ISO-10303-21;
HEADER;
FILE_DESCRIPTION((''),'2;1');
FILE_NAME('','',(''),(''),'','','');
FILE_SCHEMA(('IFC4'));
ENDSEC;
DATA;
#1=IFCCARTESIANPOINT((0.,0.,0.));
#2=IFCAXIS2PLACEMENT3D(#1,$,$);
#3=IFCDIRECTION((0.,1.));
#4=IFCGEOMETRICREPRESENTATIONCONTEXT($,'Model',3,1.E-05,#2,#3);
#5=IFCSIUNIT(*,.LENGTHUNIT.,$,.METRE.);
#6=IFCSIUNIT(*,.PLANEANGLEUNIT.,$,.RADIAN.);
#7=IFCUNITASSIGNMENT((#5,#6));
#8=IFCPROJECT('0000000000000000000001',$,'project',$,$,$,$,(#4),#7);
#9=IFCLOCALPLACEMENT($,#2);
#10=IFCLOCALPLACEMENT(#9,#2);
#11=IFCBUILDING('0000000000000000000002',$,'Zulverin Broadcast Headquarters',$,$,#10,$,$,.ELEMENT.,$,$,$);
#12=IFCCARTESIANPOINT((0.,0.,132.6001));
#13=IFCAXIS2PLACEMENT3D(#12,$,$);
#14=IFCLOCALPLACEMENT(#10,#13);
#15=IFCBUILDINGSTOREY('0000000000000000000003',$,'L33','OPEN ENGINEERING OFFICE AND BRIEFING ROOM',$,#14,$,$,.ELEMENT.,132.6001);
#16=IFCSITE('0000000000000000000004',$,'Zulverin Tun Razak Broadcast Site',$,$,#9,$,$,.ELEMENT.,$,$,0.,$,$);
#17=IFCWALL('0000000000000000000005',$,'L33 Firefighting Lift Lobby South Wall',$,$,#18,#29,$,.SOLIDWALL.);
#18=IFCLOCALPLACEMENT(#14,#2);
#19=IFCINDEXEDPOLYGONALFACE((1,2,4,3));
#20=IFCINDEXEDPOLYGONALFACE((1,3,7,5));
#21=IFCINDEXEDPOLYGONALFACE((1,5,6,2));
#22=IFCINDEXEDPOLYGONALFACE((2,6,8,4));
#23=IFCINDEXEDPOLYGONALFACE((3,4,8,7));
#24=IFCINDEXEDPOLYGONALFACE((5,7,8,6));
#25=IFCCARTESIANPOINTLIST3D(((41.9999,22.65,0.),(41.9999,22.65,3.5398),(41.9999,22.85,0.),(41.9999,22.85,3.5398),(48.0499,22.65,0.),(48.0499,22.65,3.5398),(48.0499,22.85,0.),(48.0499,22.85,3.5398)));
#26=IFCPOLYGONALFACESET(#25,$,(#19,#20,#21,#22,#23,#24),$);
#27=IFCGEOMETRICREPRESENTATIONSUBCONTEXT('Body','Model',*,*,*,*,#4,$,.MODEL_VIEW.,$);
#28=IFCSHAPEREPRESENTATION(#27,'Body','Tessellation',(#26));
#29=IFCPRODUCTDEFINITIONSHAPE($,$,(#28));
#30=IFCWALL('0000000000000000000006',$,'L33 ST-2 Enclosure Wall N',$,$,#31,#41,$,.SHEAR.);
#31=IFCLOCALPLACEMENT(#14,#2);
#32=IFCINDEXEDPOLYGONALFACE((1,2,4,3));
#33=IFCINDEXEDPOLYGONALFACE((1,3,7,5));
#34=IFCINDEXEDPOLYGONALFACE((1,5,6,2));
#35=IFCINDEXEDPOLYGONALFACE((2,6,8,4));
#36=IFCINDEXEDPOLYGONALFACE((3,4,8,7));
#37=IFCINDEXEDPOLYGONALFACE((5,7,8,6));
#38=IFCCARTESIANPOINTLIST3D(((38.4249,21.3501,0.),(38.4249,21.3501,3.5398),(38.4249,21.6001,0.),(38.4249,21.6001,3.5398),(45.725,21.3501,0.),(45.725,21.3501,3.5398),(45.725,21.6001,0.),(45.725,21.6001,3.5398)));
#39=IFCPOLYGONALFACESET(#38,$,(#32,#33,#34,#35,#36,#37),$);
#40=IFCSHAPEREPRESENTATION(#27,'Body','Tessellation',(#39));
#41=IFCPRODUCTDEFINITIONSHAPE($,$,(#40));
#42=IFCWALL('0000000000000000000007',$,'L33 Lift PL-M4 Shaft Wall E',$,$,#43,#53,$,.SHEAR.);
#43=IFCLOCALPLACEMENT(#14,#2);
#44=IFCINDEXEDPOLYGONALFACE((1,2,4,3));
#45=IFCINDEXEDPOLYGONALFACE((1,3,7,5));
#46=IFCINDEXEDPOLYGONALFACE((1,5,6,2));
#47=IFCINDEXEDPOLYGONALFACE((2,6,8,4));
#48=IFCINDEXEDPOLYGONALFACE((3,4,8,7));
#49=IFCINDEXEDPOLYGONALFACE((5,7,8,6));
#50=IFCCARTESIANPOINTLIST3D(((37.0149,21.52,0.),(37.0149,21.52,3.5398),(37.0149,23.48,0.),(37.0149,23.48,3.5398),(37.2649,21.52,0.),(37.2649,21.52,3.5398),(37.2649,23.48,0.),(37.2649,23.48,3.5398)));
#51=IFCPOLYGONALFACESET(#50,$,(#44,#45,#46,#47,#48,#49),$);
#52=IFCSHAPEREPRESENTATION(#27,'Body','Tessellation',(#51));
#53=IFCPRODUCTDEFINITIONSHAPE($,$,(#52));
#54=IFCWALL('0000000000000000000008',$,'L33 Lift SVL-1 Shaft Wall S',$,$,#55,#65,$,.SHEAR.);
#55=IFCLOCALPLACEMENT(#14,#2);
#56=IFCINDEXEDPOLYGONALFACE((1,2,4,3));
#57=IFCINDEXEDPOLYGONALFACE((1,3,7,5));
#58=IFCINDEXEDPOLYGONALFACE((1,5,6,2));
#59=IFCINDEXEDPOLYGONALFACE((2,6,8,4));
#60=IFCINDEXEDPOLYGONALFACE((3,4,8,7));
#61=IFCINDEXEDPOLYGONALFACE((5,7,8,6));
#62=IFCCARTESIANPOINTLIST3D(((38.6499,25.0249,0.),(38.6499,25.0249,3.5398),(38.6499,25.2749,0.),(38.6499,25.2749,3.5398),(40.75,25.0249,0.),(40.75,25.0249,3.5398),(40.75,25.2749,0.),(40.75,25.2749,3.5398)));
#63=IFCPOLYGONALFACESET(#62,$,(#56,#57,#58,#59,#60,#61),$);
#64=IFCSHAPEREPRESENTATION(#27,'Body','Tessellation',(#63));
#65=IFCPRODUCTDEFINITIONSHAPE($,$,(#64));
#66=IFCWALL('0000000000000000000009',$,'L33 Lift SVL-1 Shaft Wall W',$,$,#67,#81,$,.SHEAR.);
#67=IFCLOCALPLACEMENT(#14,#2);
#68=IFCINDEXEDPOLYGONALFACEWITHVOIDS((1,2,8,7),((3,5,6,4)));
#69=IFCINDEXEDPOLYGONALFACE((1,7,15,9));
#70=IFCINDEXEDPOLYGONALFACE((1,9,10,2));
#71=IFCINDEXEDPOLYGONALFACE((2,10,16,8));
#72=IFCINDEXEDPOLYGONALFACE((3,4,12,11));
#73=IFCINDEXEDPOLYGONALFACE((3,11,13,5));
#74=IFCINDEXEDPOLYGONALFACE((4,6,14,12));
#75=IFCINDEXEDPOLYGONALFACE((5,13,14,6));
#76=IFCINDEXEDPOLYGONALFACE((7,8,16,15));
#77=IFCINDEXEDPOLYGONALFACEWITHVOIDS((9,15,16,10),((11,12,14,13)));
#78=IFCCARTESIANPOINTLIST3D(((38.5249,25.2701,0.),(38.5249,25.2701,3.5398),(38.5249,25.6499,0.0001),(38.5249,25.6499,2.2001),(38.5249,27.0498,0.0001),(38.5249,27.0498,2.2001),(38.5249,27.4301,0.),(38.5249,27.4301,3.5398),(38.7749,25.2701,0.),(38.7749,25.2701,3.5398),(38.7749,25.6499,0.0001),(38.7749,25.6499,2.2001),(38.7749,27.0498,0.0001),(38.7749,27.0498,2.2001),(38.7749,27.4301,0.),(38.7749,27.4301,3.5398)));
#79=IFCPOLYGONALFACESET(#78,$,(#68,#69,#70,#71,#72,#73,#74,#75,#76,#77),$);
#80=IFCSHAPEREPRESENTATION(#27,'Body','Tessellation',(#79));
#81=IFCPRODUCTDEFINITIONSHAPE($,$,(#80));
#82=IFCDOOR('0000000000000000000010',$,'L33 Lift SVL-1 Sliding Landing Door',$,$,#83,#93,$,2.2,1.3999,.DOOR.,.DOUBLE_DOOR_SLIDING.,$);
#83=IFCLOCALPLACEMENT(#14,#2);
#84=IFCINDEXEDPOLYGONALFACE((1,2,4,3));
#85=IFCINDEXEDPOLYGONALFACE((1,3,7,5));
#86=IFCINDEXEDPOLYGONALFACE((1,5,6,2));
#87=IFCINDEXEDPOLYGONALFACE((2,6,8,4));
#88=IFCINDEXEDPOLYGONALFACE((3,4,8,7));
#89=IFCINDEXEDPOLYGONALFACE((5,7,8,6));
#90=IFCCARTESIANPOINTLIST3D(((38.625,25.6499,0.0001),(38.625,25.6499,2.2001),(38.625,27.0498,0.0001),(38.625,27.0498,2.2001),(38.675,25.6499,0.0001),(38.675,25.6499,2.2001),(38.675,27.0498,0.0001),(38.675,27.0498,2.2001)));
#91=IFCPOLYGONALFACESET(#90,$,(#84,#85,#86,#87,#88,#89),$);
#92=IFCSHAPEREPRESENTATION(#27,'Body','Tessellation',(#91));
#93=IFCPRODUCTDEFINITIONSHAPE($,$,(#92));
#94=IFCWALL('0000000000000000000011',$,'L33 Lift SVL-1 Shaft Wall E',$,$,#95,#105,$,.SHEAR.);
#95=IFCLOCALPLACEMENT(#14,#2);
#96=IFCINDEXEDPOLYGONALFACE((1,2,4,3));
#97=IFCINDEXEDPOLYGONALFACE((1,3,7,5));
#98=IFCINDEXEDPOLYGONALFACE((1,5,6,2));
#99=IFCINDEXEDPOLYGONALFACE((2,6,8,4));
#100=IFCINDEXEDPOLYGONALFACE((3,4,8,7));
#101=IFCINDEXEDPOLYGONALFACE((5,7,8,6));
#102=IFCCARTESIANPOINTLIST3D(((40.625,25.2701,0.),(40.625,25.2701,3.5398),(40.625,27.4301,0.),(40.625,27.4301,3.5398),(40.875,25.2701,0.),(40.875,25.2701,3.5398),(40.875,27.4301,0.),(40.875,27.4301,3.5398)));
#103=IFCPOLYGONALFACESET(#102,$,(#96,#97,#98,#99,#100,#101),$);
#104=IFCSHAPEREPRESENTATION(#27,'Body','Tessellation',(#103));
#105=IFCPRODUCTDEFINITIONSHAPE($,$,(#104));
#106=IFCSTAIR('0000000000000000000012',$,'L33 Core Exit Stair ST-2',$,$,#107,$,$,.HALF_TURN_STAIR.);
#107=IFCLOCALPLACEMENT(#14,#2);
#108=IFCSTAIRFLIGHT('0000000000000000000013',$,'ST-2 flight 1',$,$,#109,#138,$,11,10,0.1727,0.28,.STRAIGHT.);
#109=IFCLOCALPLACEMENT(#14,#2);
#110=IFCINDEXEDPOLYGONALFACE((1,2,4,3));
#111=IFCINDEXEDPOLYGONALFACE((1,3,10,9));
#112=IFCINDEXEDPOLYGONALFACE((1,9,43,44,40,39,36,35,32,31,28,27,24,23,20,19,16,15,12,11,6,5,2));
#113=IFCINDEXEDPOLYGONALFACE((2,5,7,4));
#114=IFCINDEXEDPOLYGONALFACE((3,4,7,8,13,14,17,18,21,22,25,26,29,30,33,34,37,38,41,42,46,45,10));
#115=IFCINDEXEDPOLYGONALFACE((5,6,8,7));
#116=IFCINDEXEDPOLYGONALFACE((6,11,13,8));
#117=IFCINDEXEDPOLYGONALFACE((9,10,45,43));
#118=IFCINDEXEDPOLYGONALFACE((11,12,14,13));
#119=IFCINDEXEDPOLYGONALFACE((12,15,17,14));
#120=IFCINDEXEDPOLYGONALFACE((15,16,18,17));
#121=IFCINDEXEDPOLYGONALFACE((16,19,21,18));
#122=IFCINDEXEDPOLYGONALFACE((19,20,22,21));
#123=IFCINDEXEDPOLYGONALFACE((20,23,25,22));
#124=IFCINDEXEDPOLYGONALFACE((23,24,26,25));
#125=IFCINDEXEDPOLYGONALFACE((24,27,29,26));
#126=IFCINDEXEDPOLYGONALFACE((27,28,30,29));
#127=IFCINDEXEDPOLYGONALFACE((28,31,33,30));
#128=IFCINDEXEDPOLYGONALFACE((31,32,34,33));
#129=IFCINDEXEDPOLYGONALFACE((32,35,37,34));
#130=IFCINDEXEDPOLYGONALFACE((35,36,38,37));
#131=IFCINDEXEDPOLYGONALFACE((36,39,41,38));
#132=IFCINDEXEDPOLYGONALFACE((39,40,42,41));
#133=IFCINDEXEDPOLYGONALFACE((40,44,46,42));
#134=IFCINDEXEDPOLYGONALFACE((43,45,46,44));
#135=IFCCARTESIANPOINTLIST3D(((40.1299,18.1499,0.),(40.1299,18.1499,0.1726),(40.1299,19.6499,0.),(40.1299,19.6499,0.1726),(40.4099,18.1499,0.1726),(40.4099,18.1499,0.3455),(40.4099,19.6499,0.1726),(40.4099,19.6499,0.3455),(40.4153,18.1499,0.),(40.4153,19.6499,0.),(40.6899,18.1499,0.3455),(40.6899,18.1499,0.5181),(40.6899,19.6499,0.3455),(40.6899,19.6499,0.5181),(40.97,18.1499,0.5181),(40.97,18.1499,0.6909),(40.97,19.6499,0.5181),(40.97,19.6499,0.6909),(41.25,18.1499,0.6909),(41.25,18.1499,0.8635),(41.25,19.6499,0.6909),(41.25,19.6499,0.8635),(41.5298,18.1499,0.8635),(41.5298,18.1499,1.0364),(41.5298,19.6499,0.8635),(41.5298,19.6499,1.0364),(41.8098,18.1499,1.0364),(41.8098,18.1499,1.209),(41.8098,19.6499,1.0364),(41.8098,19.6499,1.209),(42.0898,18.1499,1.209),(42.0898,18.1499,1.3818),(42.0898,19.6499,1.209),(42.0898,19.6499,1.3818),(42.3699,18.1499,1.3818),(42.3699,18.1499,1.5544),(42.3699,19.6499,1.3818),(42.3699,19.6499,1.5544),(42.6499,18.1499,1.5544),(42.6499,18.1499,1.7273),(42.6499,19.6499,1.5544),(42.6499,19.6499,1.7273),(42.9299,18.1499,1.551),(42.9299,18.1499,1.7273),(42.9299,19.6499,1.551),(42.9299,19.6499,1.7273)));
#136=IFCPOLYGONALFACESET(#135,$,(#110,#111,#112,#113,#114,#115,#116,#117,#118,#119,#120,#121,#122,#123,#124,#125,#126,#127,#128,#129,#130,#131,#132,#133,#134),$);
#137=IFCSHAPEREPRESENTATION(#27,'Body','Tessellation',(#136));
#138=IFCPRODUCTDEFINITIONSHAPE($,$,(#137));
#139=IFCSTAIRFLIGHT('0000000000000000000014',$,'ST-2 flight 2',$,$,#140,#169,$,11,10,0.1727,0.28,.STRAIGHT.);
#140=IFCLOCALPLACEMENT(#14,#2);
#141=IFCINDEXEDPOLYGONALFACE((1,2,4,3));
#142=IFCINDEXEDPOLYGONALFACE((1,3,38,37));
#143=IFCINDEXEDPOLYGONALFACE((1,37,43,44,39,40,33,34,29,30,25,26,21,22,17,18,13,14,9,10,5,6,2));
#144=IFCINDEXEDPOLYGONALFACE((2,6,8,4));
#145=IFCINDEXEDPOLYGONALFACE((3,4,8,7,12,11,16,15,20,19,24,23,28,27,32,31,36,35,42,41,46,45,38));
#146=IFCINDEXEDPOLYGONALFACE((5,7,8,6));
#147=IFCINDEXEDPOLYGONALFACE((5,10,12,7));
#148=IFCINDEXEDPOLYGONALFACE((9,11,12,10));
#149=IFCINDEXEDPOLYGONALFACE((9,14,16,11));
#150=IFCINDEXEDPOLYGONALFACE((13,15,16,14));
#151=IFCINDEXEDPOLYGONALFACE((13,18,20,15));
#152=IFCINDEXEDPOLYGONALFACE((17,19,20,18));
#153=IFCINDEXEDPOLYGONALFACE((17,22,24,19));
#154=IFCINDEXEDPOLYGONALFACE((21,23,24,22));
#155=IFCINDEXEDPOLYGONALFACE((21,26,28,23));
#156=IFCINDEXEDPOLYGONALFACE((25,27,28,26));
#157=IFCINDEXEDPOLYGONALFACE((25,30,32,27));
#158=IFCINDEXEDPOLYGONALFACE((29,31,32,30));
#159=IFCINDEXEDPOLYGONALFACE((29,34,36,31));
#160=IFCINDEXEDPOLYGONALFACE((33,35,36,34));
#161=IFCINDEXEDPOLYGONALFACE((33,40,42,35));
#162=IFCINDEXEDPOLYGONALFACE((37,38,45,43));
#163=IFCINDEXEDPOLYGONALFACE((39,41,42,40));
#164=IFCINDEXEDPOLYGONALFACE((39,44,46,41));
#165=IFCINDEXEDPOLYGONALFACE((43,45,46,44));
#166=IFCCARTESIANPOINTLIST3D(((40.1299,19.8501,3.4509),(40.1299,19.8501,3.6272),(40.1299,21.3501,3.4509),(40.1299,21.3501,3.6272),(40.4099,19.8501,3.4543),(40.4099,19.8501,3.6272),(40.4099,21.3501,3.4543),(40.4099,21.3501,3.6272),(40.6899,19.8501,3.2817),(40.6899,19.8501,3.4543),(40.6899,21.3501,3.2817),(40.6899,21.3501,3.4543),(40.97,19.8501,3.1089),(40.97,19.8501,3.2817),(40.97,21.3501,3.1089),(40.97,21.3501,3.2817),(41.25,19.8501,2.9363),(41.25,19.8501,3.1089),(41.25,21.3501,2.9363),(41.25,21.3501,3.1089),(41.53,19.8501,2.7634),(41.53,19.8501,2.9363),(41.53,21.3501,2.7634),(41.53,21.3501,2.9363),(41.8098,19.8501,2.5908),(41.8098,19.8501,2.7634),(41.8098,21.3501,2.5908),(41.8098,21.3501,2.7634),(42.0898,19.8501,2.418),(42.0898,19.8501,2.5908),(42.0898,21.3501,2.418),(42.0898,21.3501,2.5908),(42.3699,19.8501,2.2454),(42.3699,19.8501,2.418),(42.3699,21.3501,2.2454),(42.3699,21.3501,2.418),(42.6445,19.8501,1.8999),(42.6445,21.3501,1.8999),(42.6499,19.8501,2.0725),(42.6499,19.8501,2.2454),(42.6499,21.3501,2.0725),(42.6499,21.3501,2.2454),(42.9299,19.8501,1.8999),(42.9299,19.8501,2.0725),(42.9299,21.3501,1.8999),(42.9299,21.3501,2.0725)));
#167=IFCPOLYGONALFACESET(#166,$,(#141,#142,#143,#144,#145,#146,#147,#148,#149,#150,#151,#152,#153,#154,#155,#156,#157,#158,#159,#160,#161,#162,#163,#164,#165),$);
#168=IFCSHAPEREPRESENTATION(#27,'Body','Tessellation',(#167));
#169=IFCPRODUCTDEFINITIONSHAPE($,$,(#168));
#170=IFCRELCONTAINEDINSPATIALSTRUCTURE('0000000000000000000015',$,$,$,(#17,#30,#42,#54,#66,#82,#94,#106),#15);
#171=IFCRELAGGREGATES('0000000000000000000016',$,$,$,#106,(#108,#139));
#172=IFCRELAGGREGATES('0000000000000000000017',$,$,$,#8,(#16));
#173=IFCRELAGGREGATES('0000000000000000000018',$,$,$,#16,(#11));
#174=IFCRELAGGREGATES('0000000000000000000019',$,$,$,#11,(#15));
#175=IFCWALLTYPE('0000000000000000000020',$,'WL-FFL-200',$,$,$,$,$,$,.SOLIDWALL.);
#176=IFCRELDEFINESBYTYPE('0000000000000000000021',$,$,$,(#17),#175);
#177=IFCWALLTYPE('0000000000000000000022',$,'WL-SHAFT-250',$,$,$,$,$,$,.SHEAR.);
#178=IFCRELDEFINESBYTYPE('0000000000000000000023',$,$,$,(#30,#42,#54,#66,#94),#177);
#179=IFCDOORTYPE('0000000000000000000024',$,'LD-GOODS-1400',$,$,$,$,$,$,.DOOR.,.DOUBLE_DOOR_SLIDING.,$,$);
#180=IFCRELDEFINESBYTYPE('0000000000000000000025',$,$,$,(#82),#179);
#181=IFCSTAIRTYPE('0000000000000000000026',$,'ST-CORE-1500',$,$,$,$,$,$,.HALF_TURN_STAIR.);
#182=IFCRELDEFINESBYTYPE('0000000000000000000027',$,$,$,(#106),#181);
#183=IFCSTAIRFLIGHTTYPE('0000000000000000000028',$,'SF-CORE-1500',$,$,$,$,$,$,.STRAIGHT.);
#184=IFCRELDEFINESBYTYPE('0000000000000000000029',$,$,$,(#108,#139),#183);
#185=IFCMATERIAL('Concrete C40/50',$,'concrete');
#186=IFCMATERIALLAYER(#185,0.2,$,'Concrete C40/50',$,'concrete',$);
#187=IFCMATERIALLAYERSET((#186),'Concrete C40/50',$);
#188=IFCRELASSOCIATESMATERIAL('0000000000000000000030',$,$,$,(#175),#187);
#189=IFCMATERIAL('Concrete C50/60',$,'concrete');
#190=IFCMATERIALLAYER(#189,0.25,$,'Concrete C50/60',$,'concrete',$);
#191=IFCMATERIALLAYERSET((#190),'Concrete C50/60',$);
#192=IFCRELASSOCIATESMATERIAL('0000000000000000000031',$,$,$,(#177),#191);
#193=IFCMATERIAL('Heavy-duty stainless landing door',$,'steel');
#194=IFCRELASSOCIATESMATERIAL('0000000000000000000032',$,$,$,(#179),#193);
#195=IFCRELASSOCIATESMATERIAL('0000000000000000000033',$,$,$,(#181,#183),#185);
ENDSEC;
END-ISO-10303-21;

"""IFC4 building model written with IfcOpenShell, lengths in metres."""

from ifc_helpers import new_model, si_unit, direction, frame, frame_2d, origin, place, context, subcontext, project, spatial, polyline, rectangle, outline, extrude, material, layer, layer_set, type_object, element, fill, aggregate, save


model = new_model("IFC4")

# Units and contexts
model_context = context("Model", 3, precision=1e-05, world=origin(), true_north=direction((0.0, 1.0)))
body_context = subcontext(model_context, "Body", "Model", "MODEL_VIEW")
ifc_project = project(units=[si_unit("LENGTHUNIT", "METRE"), si_unit("PLANEANGLEUNIT", "RADIAN")], contexts=[model_context])

# Site, building, storey
site_placement = place(None, origin())
site = spatial("IfcSite", under=ifc_project, at=site_placement, Name="Zulverin Tun Razak Broadcast Site", CompositionType="ELEMENT", RefElevation=0.0)
building_placement = place(site_placement, origin())
building = spatial("IfcBuilding", under=site, at=building_placement, Name="Zulverin Broadcast Headquarters", CompositionType="ELEMENT")
storey_placement = place(building_placement, frame((0.0, 0.0, 132.6001)))
storey = spatial("IfcBuildingStorey", under=building, at=storey_placement, Name="L33", Description="OPEN ENGINEERING OFFICE AND BRIEFING ROOM", CompositionType="ELEMENT", Elevation=132.6001)

# Shared definitions
ifc_material_1 = material(Name="Concrete C40/50", Category="concrete")
ifc_layer_1 = layer(ifc_material_1, 0.2, Name="Concrete C40/50", Category="concrete")
ifc_layer_set_1 = layer_set([ifc_layer_1], Name="Concrete C40/50")
wall_type_1 = type_object("IfcWallType", Name="WL-FFL-200", PredefinedType="SOLIDWALL", material=ifc_layer_set_1)

# Wall
wall_1_placement = place(storey_placement, frame((42.0, 22.75, 0.0), z_axis=(0.0, 0.0, 1.0), x_axis=(1.0, 0.0, 0.0)))
element("IfcWall", 1, at=wall_1_placement, inside=storey, type_object=wall_type_1, Name="L33 Firefighting Lift Lobby South Wall", PredefinedType="SOLIDWALL", context=body_context, shape_type="SweptSolid", body=[
    extrude(rectangle(XDim=6.05, YDim=0.2, at=frame_2d((3.0249, 0.0))), origin(), (0.0, 0.0, 1.0), 3.5398),
])

# Walls
ifc_material_2 = material(Name="Concrete C50/60", Category="concrete")
ifc_layer_2 = layer(ifc_material_2, 0.25, Name="Concrete C50/60", Category="concrete")
ifc_layer_set_2 = layer_set([ifc_layer_2], Name="Concrete C50/60")
wall_type_2 = type_object("IfcWallType", Name="WL-SHAFT-250", PredefinedType="SHEAR", material=ifc_layer_set_2)
wall_2_placement = place(storey_placement, frame((38.425, 21.4751, 0.0), z_axis=(0.0, 0.0, 1.0), x_axis=(1.0, 0.0, 0.0)))
element("IfcWall", 2, at=wall_2_placement, inside=storey, type_object=wall_type_2, Name="L33 ST-2 Enclosure Wall N", PredefinedType="SHEAR", context=body_context, shape_type="SweptSolid", body=[
    extrude(rectangle(XDim=7.3, YDim=0.25, at=frame_2d((3.6499, 0.0))), origin(), (0.0, 0.0, 1.0), 3.5398),
])
wall_3_placement = place(storey_placement, frame((37.1399, 21.52, 0.0), z_axis=(0.0, 0.0, 1.0), x_axis=(0.0, 1.0, 0.0)))
element("IfcWall", 3, at=wall_3_placement, inside=storey, type_object=wall_type_2, Name="L33 Lift PL-M4 Shaft Wall E", PredefinedType="SHEAR", context=body_context, shape_type="SweptSolid", body=[
    extrude(rectangle(XDim=1.96, YDim=0.25, at=frame_2d((0.98, 0.0))), origin(), (0.0, 0.0, 1.0), 3.5398),
])

# Wall
wall_4_placement = place(storey_placement, frame((38.6499, 25.1499, 0.0), z_axis=(0.0, 0.0, 1.0), x_axis=(1.0, 0.0, 0.0)))
element("IfcWall", 4, at=wall_4_placement, inside=storey, type_object=wall_type_2, Name="L33 Lift SVL-1 Shaft Wall S", PredefinedType="SHEAR", context=body_context, shape_type="SweptSolid", body=[
    extrude(rectangle(XDim=2.1001, YDim=0.25, at=frame_2d((1.05, 0.0))), origin(), (0.0, 0.0, 1.0), 3.5398),
])

# Wall, opening, door
wall_5_placement = place(storey_placement, frame((38.6499, 25.27, 0.0), z_axis=(0.0, 0.0, 1.0), x_axis=(0.0, 1.0, 0.0)))
wall_5 = element("IfcWall", 5, at=wall_5_placement, inside=storey, type_object=wall_type_2, Name="L33 Lift SVL-1 Shaft Wall W", PredefinedType="SHEAR", context=body_context, shape_type="SweptSolid", body=[
    extrude(rectangle(XDim=2.1599, YDim=0.25, at=frame_2d((1.0801, 0.0))), origin(), (0.0, 0.0, 1.0), 3.5398),
])
opening_1_placement = place(wall_5_placement, frame((0.3799, 0.0, 0.0)))
opening_1 = element("IfcOpeningElement", 6, at=opening_1_placement, cuts=wall_5, PredefinedType="OPENING", context=body_context, shape_type="SweptSolid", body=[
    extrude(rectangle(XDim=1.3999, YDim=2.2, at=frame_2d((0.7, 1.1001))), frame((0.0, 0.135, 0.0), z_axis=(0.0, -1.0, 0.0), x_axis=(1.0, 0.0, 0.0)), (0.0, 0.0, 1.0), 0.27),
])
ifc_material_3 = material(Name="Heavy-duty stainless landing door", Category="steel")
door_type_1 = type_object("IfcDoorType", Name="LD-GOODS-1400", OperationType="DOUBLE_DOOR_SLIDING", PredefinedType="DOOR", material=ifc_material_3)
door_1_placement = place(opening_1_placement, origin())
door_1 = element("IfcDoor", 7, at=door_1_placement, inside=storey, type_object=door_type_1, Name="L33 Lift SVL-1 Sliding Landing Door", OperationType="DOUBLE_DOOR_SLIDING", OverallHeight=2.2, OverallWidth=1.3999, PredefinedType="DOOR", context=body_context, shape_type="SweptSolid", body=[
    extrude(rectangle(XDim=1.3999, YDim=2.2, at=frame_2d((0.7, 1.1001))), frame((0.0, 0.0249, 0.0), z_axis=(0.0, -1.0, 0.0), x_axis=(1.0, 0.0, 0.0)), (0.0, 0.0, 1.0), 0.05),
])
fill(opening_1, door_1)

# Wall
wall_6_placement = place(storey_placement, frame((40.75, 25.27, 0.0), z_axis=(0.0, 0.0, 1.0), x_axis=(0.0, 1.0, 0.0)))
element("IfcWall", 8, at=wall_6_placement, inside=storey, type_object=wall_type_2, Name="L33 Lift SVL-1 Shaft Wall E", PredefinedType="SHEAR", context=body_context, shape_type="SweptSolid", body=[
    extrude(rectangle(XDim=2.1599, YDim=0.25, at=frame_2d((1.0801, 0.0))), origin(), (0.0, 0.0, 1.0), 3.5398),
])

# Stair, stair flights
stair_type = type_object("IfcStairType", Name="ST-CORE-1500", PredefinedType="HALF_TURN_STAIR", material=ifc_material_1)
stair_placement = place(storey_placement, origin())
stair = element("IfcStair", 9, at=stair_placement, inside=storey, type_object=stair_type, Name="L33 Core Exit Stair ST-2", PredefinedType="HALF_TURN_STAIR")
stair_flight_type = type_object("IfcStairFlightType", Name="SF-CORE-1500", PredefinedType="STRAIGHT", material=ifc_material_1)
stair_flight_1_placement = place(storey_placement, frame((40.1299, 18.8999, 0.0), z_axis=(0.0, 0.0, 1.0), x_axis=(1.0, 0.0, 0.0)))
stair_flight_1 = element("IfcStairFlight", 10, at=stair_flight_1_placement, type_object=stair_flight_type, Name="ST-2 flight 1", NumberOfRisers=11, NumberOfTreads=10, PredefinedType="STRAIGHT", RiserHeight=0.1727, TreadLength=0.28, context=body_context, shape_type="SweptSolid", body=[
    extrude(outline(polyline([(0.0, 0.0), (0.0, 0.1726), (0.28, 0.1726), (0.28, 0.3455), (0.5601, 0.3455), (0.5601, 0.5181), (0.8401, 0.5181), (0.8401, 0.6909), (1.1201, 0.6909), (1.1201, 0.8635), (1.3999, 0.8635), (1.3999, 1.0364), (1.6799, 1.0364), (1.6799, 1.209), (1.96, 1.209), (1.96, 1.3818), (2.24, 1.3818), (2.24, 1.5544), (2.52, 1.5544), (2.52, 1.7273), (2.8, 1.7273), (2.8, 1.8999), (2.8, 1.551), (0.2854, 0.0), (0.0, 0.0)])), frame((0.0, 0.75, 0.0), z_axis=(0.0, -1.0, 0.0), x_axis=(1.0, 0.0, 0.0)), (0.0, 0.0, 1.0), 1.5),
])
stair_flight_2_placement = place(storey_placement, frame((42.9299, 20.6001, 1.8999), z_axis=(0.0, 0.0, 1.0), x_axis=(-1.0, 0.0, 0.0)))
stair_flight_2 = element("IfcStairFlight", 11, at=stair_flight_2_placement, type_object=stair_flight_type, Name="ST-2 flight 2", NumberOfRisers=11, NumberOfTreads=10, PredefinedType="STRAIGHT", RiserHeight=0.1727, TreadLength=0.28, context=body_context, shape_type="SweptSolid", body=[
    extrude(outline(polyline([(0.0, 0.0), (0.0, 0.1726), (0.28, 0.1726), (0.28, 0.3455), (0.5601, 0.3455), (0.5601, 0.5181), (0.8401, 0.5181), (0.8401, 0.6909), (1.1201, 0.6909), (1.1201, 0.8635), (1.3999, 0.8635), (1.3999, 1.0364), (1.6799, 1.0364), (1.6799, 1.209), (1.96, 1.209), (1.96, 1.3818), (2.24, 1.3818), (2.24, 1.5544), (2.52, 1.5544), (2.52, 1.7273), (2.8, 1.7273), (2.8, 1.8999), (2.8, 1.551), (0.2854, 0.0), (0.0, 0.0)])), frame((0.0, 0.75, 0.0), z_axis=(0.0, -1.0, 0.0), x_axis=(1.0, 0.0, 0.0)), (0.0, 0.0, 1.0), 1.5),
])
aggregate(stair, [stair_flight_1, stair_flight_2])

save(model, "model.ifc")
